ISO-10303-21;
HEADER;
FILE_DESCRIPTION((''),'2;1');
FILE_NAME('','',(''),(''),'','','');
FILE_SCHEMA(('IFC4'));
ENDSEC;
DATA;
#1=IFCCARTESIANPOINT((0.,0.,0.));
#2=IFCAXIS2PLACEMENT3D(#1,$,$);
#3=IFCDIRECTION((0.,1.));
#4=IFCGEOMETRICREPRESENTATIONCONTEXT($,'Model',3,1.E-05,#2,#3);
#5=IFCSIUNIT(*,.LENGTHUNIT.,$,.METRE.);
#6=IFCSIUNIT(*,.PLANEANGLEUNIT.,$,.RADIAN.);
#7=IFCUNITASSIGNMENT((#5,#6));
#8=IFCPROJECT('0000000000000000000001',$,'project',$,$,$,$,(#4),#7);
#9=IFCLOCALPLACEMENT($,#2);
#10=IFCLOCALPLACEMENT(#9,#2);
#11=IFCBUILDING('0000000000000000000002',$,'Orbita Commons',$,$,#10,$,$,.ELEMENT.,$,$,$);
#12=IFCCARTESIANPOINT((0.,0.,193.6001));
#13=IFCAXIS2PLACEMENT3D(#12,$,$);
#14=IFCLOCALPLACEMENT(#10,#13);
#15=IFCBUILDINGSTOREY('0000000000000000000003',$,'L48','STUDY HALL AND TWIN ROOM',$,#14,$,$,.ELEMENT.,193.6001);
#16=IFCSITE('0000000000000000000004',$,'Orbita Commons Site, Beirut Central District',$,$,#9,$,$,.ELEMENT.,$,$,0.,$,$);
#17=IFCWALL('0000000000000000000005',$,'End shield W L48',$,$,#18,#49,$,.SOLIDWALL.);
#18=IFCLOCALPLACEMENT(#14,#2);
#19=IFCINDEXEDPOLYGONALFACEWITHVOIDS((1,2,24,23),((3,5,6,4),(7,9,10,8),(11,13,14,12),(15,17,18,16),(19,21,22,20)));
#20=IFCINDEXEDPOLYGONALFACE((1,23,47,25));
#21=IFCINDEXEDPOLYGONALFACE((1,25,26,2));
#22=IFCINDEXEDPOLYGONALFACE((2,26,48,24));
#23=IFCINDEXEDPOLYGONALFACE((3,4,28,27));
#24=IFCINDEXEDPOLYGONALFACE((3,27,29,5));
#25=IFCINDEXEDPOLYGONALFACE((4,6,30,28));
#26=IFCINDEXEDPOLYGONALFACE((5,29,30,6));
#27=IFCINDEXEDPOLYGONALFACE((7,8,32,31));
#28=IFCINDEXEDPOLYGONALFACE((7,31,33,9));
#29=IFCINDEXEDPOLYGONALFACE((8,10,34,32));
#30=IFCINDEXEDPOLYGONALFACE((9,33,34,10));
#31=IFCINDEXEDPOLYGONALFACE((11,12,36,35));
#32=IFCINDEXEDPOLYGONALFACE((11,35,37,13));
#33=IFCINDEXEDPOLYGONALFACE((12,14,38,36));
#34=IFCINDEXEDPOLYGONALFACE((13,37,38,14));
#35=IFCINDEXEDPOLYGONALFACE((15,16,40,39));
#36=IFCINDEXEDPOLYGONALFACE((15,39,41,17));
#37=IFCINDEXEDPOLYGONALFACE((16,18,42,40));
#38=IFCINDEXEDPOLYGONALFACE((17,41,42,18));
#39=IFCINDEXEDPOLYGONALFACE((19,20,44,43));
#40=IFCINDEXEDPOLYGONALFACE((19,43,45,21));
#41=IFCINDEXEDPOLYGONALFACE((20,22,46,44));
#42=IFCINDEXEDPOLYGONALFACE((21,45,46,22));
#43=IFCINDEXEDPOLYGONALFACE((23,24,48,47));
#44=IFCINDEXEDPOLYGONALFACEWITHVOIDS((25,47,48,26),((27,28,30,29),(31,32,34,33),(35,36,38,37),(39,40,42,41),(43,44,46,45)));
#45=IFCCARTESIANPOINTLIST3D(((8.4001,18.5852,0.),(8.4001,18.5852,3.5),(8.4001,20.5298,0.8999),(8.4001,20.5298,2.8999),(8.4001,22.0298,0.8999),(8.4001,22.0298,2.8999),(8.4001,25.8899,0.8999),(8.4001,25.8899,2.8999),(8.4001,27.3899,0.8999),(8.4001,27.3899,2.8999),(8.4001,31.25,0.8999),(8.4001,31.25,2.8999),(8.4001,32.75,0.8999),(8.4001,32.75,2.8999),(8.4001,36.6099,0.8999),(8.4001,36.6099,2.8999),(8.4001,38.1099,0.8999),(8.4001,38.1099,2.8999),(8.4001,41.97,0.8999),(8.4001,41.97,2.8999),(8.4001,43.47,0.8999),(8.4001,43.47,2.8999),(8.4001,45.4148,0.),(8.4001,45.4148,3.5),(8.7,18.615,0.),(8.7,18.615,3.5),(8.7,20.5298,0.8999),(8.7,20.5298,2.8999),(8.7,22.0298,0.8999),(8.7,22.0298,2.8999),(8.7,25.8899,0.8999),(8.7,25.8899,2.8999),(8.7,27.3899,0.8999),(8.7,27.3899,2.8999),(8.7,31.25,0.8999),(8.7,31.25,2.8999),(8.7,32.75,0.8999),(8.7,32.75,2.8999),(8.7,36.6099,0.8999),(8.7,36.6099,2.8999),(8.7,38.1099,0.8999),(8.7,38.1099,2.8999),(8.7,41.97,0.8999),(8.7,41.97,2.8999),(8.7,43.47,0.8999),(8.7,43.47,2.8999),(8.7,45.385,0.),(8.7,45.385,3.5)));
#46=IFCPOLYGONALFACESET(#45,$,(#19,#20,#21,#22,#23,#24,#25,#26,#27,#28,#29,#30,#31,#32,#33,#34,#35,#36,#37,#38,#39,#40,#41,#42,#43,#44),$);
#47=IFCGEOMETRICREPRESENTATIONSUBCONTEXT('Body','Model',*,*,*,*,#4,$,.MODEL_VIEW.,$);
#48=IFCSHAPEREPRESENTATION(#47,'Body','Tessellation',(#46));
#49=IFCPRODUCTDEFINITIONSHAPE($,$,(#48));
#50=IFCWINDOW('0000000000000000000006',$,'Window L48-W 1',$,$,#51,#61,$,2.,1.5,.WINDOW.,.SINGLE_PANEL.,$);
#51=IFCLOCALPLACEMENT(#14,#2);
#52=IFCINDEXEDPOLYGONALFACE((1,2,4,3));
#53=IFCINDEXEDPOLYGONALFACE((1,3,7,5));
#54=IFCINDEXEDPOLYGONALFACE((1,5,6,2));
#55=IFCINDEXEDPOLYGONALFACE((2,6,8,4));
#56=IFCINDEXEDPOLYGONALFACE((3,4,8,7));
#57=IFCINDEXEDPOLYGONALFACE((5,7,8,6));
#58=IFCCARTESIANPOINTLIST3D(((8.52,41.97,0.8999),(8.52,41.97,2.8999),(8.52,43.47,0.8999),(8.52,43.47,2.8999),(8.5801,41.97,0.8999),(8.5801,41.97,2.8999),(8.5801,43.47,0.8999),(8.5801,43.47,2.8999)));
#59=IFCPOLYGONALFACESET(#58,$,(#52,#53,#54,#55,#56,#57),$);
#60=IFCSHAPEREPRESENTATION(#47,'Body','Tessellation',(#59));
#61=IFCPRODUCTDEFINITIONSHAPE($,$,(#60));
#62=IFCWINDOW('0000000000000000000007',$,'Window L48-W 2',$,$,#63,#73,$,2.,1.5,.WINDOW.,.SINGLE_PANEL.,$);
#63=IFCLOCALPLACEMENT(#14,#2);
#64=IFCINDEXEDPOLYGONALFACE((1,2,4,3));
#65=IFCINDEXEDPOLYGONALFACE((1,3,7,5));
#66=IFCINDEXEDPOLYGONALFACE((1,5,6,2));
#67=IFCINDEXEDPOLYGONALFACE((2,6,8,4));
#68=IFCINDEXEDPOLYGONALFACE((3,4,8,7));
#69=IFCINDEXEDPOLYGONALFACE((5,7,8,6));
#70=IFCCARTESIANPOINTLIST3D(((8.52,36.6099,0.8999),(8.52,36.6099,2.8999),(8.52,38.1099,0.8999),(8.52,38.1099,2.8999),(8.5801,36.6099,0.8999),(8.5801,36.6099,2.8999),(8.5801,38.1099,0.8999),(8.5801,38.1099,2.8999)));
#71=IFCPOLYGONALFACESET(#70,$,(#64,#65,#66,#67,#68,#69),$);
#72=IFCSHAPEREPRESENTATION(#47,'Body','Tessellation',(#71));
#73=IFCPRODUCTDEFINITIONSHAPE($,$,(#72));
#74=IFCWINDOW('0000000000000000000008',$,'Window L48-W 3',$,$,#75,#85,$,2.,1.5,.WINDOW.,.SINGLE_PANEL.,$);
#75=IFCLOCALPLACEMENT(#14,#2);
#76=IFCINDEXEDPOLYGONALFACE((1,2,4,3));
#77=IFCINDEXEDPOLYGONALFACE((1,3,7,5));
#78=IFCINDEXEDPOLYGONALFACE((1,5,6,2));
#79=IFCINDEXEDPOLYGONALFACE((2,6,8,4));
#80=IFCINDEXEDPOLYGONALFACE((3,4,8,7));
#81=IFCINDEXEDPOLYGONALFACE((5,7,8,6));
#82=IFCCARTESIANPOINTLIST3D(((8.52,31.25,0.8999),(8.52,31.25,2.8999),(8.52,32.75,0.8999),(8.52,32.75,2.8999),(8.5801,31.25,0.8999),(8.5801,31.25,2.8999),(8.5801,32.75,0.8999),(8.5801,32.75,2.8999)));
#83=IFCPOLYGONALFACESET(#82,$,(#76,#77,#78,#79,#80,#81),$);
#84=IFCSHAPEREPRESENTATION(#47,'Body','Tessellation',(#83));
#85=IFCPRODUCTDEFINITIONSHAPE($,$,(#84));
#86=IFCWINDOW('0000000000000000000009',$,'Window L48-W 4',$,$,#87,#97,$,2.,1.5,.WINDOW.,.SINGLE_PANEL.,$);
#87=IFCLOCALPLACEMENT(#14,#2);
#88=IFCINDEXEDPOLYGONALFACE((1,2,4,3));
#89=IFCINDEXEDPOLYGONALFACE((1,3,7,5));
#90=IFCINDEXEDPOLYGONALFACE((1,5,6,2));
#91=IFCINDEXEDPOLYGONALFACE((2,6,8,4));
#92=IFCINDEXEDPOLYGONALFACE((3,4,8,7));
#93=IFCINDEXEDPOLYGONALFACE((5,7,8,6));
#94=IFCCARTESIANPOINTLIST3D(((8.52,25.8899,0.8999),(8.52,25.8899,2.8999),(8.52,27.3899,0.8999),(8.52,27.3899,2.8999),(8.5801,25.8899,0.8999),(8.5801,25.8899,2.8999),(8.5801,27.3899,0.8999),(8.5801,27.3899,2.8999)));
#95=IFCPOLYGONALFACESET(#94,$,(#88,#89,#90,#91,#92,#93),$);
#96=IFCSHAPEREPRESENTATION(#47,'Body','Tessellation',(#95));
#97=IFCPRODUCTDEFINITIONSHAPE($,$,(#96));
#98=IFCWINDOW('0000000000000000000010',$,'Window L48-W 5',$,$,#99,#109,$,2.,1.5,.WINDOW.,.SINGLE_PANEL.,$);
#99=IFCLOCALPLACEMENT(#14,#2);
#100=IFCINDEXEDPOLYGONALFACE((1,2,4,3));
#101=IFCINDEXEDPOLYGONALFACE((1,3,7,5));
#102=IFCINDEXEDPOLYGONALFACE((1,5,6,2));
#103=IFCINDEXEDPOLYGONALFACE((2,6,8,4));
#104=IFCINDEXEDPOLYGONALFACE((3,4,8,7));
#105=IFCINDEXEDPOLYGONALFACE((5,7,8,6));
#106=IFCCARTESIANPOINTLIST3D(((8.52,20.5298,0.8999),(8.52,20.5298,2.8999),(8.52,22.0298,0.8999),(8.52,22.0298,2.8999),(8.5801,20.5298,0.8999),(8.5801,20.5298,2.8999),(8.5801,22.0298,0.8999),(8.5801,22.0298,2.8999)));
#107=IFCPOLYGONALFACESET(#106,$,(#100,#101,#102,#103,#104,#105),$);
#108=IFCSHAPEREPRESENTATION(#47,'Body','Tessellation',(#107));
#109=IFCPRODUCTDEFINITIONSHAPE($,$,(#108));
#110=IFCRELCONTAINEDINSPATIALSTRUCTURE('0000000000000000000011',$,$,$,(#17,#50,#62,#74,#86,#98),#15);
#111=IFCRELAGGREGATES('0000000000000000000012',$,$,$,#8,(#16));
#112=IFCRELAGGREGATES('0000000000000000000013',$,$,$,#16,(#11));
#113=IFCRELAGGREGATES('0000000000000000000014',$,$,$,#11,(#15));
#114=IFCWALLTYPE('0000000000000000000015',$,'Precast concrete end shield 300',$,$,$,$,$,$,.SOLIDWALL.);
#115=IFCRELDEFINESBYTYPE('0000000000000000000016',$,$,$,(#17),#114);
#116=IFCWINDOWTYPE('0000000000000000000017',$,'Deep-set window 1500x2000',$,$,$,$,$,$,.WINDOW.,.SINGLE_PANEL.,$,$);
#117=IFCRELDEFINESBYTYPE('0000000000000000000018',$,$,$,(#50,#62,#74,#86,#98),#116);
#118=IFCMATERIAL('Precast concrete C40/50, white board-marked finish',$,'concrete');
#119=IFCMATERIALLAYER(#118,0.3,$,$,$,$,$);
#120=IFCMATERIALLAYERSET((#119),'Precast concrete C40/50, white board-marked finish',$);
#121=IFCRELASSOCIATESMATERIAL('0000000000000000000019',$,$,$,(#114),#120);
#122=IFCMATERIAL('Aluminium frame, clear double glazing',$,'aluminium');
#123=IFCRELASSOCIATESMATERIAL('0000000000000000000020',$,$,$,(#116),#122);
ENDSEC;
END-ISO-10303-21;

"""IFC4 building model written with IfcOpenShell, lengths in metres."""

from ifc_helpers import new_model, si_unit, direction, frame, frame_2d, origin, place, context, subcontext, project, spatial, polyline, rectangle, outline, extrude, material, layer, layer_set, type_object, element, fill, save


model = new_model("IFC4")

# Units and contexts
model_context = context("Model", 3, precision=1e-05, world=origin(), true_north=direction((0.0, 1.0)))
body_context = subcontext(model_context, "Body", "Model", "MODEL_VIEW")
ifc_project = project(units=[si_unit("LENGTHUNIT", "METRE"), si_unit("PLANEANGLEUNIT", "RADIAN")], contexts=[model_context])

# Site, building, storey
site_placement = place(None, origin())
site = spatial("IfcSite", under=ifc_project, at=site_placement, Name="Orbita Commons Site, Beirut Central District", CompositionType="ELEMENT", RefElevation=0.0)
building_placement = place(site_placement, origin())
building = spatial("IfcBuilding", under=site, at=building_placement, Name="Orbita Commons", CompositionType="ELEMENT")
storey_placement = place(building_placement, frame((0.0, 0.0, 193.6001)))
storey = spatial("IfcBuildingStorey", under=building, at=storey_placement, Name="L48", Description="STUDY HALL AND TWIN ROOM", CompositionType="ELEMENT", Elevation=193.6001)

# Wall, openings, windows
ifc_material_1 = material(Name="Precast concrete C40/50, white board-marked finish", Category="concrete")
ifc_layer_1 = layer(ifc_material_1, 0.3)
ifc_layer_set_1 = layer_set([ifc_layer_1], Name="Precast concrete C40/50, white board-marked finish")
wall_type_1 = type_object("IfcWallType", Name="Precast concrete end shield 300", PredefinedType="SOLIDWALL", material=ifc_layer_set_1)
wall_1_placement = place(storey_placement, frame((8.55, 45.3999, 0.0), z_axis=(0.0, 0.0, 1.0), x_axis=(0.0, -1.0, 0.0)))
wall_1 = element("IfcWall", 1, at=wall_1_placement, inside=storey, type_object=wall_type_1, Name="End shield W L48", PredefinedType="SOLIDWALL", context=body_context, shape_type="SweptSolid", body=[
    extrude(outline(polyline([(-0.0149, -0.1499), (26.8147, -0.1499), (26.7849, 0.1499), (0.0149, 0.1499), (-0.0149, -0.1499)])), origin(), (0.0, 0.0, 1.0), 3.5),
])
opening_1_placement = place(wall_1_placement, frame((1.9299, 0.0, 0.8999)))
opening_1 = element("IfcOpeningElement", 2, at=opening_1_placement, cuts=wall_1, PredefinedType="OPENING", context=body_context, shape_type="SweptSolid", body=[
    extrude(rectangle(XDim=1.5, YDim=2.0, at=frame_2d((0.75, 1.0))), frame((0.0, 0.1599, 0.0), z_axis=(0.0, -1.0, 0.0), x_axis=(1.0, 0.0, 0.0)), (0.0, 0.0, 1.0), 0.3201),
])
opening_2_placement = place(wall_1_placement, frame((7.29, 0.0, 0.8999)))
opening_2 = element("IfcOpeningElement", 3, at=opening_2_placement, cuts=wall_1, PredefinedType="OPENING", context=body_context, shape_type="SweptSolid", body=[
    extrude(rectangle(XDim=1.5, YDim=2.0, at=frame_2d((0.75, 1.0))), frame((0.0, 0.1599, 0.0), z_axis=(0.0, -1.0, 0.0), x_axis=(1.0, 0.0, 0.0)), (0.0, 0.0, 1.0), 0.3201),
])
opening_3_placement = place(wall_1_placement, frame((12.6499, 0.0, 0.8999)))
opening_3 = element("IfcOpeningElement", 4, at=opening_3_placement, cuts=wall_1, PredefinedType="OPENING", context=body_context, shape_type="SweptSolid", body=[
    extrude(rectangle(XDim=1.5, YDim=2.0, at=frame_2d((0.75, 1.0))), frame((0.0, 0.1599, 0.0), z_axis=(0.0, -1.0, 0.0), x_axis=(1.0, 0.0, 0.0)), (0.0, 0.0, 1.0), 0.3201),
])
opening_4_placement = place(wall_1_placement, frame((18.01, 0.0, 0.8999)))
opening_4 = element("IfcOpeningElement", 5, at=opening_4_placement, cuts=wall_1, PredefinedType="OPENING", context=body_context, shape_type="SweptSolid", body=[
    extrude(rectangle(XDim=1.5, YDim=2.0, at=frame_2d((0.75, 1.0))), frame((0.0, 0.1599, 0.0), z_axis=(0.0, -1.0, 0.0), x_axis=(1.0, 0.0, 0.0)), (0.0, 0.0, 1.0), 0.3201),
])
opening_5_placement = place(wall_1_placement, frame((23.3701, 0.0, 0.8999)))
opening_5 = element("IfcOpeningElement", 6, at=opening_5_placement, cuts=wall_1, PredefinedType="OPENING", context=body_context, shape_type="SweptSolid", body=[
    extrude(rectangle(XDim=1.5, YDim=2.0, at=frame_2d((0.75, 1.0))), frame((0.0, 0.1599, 0.0), z_axis=(0.0, -1.0, 0.0), x_axis=(1.0, 0.0, 0.0)), (0.0, 0.0, 1.0), 0.3201),
])
ifc_material_2 = material(Name="Aluminium frame, clear double glazing", Category="aluminium")
window_type = type_object("IfcWindowType", Name="Deep-set window 1500x2000", PartitioningType="SINGLE_PANEL", PredefinedType="WINDOW", material=ifc_material_2)
window_1_placement = place(opening_1_placement, origin())
window_1 = element("IfcWindow", 7, at=window_1_placement, inside=storey, type_object=window_type, Name="Window L48-W 1", OverallHeight=2.0, OverallWidth=1.5, PartitioningType="SINGLE_PANEL", PredefinedType="WINDOW", context=body_context, shape_type="SweptSolid", body=[
    extrude(rectangle(XDim=1.5, YDim=2.0, at=frame_2d((0.75, 1.0))), frame((0.0, 0.03, 0.0), z_axis=(0.0, -1.0, 0.0), x_axis=(1.0, 0.0, 0.0)), (0.0, 0.0, 1.0), 0.0601),
])
fill(opening_1, window_1)
window_2_placement = place(opening_2_placement, origin())
window_2 = element("IfcWindow", 8, at=window_2_placement, inside=storey, type_object=window_type, Name="Window L48-W 2", OverallHeight=2.0, OverallWidth=1.5, PartitioningType="SINGLE_PANEL", PredefinedType="WINDOW", context=body_context, shape_type="SweptSolid", body=[
    extrude(rectangle(XDim=1.5, YDim=2.0, at=frame_2d((0.75, 1.0))), frame((0.0, 0.03, 0.0), z_axis=(0.0, -1.0, 0.0), x_axis=(1.0, 0.0, 0.0)), (0.0, 0.0, 1.0), 0.0601),
])
fill(opening_2, window_2)
window_3_placement = place(opening_3_placement, origin())
window_3 = element("IfcWindow", 9, at=window_3_placement, inside=storey, type_object=window_type, Name="Window L48-W 3", OverallHeight=2.0, OverallWidth=1.5, PartitioningType="SINGLE_PANEL", PredefinedType="WINDOW", context=body_context, shape_type="SweptSolid", body=[
    extrude(rectangle(XDim=1.5, YDim=2.0, at=frame_2d((0.75, 1.0))), frame((0.0, 0.03, 0.0), z_axis=(0.0, -1.0, 0.0), x_axis=(1.0, 0.0, 0.0)), (0.0, 0.0, 1.0), 0.0601),
])
fill(opening_3, window_3)
window_4_placement = place(opening_4_placement, origin())
window_4 = element("IfcWindow", 10, at=window_4_placement, inside=storey, type_object=window_type, Name="Window L48-W 4", OverallHeight=2.0, OverallWidth=1.5, PartitioningType="SINGLE_PANEL", PredefinedType="WINDOW", context=body_context, shape_type="SweptSolid", body=[
    extrude(rectangle(XDim=1.5, YDim=2.0, at=frame_2d((0.75, 1.0))), frame((0.0, 0.03, 0.0), z_axis=(0.0, -1.0, 0.0), x_axis=(1.0, 0.0, 0.0)), (0.0, 0.0, 1.0), 0.0601),
])
fill(opening_4, window_4)
window_5_placement = place(opening_5_placement, origin())
window_5 = element("IfcWindow", 11, at=window_5_placement, inside=storey, type_object=window_type, Name="Window L48-W 5", OverallHeight=2.0, OverallWidth=1.5, PartitioningType="SINGLE_PANEL", PredefinedType="WINDOW", context=body_context, shape_type="SweptSolid", body=[
    extrude(rectangle(XDim=1.5, YDim=2.0, at=frame_2d((0.75, 1.0))), frame((0.0, 0.03, 0.0), z_axis=(0.0, -1.0, 0.0), x_axis=(1.0, 0.0, 0.0)), (0.0, 0.0, 1.0), 0.0601),
])
fill(opening_5, window_5)

save(model, "model.ifc")
